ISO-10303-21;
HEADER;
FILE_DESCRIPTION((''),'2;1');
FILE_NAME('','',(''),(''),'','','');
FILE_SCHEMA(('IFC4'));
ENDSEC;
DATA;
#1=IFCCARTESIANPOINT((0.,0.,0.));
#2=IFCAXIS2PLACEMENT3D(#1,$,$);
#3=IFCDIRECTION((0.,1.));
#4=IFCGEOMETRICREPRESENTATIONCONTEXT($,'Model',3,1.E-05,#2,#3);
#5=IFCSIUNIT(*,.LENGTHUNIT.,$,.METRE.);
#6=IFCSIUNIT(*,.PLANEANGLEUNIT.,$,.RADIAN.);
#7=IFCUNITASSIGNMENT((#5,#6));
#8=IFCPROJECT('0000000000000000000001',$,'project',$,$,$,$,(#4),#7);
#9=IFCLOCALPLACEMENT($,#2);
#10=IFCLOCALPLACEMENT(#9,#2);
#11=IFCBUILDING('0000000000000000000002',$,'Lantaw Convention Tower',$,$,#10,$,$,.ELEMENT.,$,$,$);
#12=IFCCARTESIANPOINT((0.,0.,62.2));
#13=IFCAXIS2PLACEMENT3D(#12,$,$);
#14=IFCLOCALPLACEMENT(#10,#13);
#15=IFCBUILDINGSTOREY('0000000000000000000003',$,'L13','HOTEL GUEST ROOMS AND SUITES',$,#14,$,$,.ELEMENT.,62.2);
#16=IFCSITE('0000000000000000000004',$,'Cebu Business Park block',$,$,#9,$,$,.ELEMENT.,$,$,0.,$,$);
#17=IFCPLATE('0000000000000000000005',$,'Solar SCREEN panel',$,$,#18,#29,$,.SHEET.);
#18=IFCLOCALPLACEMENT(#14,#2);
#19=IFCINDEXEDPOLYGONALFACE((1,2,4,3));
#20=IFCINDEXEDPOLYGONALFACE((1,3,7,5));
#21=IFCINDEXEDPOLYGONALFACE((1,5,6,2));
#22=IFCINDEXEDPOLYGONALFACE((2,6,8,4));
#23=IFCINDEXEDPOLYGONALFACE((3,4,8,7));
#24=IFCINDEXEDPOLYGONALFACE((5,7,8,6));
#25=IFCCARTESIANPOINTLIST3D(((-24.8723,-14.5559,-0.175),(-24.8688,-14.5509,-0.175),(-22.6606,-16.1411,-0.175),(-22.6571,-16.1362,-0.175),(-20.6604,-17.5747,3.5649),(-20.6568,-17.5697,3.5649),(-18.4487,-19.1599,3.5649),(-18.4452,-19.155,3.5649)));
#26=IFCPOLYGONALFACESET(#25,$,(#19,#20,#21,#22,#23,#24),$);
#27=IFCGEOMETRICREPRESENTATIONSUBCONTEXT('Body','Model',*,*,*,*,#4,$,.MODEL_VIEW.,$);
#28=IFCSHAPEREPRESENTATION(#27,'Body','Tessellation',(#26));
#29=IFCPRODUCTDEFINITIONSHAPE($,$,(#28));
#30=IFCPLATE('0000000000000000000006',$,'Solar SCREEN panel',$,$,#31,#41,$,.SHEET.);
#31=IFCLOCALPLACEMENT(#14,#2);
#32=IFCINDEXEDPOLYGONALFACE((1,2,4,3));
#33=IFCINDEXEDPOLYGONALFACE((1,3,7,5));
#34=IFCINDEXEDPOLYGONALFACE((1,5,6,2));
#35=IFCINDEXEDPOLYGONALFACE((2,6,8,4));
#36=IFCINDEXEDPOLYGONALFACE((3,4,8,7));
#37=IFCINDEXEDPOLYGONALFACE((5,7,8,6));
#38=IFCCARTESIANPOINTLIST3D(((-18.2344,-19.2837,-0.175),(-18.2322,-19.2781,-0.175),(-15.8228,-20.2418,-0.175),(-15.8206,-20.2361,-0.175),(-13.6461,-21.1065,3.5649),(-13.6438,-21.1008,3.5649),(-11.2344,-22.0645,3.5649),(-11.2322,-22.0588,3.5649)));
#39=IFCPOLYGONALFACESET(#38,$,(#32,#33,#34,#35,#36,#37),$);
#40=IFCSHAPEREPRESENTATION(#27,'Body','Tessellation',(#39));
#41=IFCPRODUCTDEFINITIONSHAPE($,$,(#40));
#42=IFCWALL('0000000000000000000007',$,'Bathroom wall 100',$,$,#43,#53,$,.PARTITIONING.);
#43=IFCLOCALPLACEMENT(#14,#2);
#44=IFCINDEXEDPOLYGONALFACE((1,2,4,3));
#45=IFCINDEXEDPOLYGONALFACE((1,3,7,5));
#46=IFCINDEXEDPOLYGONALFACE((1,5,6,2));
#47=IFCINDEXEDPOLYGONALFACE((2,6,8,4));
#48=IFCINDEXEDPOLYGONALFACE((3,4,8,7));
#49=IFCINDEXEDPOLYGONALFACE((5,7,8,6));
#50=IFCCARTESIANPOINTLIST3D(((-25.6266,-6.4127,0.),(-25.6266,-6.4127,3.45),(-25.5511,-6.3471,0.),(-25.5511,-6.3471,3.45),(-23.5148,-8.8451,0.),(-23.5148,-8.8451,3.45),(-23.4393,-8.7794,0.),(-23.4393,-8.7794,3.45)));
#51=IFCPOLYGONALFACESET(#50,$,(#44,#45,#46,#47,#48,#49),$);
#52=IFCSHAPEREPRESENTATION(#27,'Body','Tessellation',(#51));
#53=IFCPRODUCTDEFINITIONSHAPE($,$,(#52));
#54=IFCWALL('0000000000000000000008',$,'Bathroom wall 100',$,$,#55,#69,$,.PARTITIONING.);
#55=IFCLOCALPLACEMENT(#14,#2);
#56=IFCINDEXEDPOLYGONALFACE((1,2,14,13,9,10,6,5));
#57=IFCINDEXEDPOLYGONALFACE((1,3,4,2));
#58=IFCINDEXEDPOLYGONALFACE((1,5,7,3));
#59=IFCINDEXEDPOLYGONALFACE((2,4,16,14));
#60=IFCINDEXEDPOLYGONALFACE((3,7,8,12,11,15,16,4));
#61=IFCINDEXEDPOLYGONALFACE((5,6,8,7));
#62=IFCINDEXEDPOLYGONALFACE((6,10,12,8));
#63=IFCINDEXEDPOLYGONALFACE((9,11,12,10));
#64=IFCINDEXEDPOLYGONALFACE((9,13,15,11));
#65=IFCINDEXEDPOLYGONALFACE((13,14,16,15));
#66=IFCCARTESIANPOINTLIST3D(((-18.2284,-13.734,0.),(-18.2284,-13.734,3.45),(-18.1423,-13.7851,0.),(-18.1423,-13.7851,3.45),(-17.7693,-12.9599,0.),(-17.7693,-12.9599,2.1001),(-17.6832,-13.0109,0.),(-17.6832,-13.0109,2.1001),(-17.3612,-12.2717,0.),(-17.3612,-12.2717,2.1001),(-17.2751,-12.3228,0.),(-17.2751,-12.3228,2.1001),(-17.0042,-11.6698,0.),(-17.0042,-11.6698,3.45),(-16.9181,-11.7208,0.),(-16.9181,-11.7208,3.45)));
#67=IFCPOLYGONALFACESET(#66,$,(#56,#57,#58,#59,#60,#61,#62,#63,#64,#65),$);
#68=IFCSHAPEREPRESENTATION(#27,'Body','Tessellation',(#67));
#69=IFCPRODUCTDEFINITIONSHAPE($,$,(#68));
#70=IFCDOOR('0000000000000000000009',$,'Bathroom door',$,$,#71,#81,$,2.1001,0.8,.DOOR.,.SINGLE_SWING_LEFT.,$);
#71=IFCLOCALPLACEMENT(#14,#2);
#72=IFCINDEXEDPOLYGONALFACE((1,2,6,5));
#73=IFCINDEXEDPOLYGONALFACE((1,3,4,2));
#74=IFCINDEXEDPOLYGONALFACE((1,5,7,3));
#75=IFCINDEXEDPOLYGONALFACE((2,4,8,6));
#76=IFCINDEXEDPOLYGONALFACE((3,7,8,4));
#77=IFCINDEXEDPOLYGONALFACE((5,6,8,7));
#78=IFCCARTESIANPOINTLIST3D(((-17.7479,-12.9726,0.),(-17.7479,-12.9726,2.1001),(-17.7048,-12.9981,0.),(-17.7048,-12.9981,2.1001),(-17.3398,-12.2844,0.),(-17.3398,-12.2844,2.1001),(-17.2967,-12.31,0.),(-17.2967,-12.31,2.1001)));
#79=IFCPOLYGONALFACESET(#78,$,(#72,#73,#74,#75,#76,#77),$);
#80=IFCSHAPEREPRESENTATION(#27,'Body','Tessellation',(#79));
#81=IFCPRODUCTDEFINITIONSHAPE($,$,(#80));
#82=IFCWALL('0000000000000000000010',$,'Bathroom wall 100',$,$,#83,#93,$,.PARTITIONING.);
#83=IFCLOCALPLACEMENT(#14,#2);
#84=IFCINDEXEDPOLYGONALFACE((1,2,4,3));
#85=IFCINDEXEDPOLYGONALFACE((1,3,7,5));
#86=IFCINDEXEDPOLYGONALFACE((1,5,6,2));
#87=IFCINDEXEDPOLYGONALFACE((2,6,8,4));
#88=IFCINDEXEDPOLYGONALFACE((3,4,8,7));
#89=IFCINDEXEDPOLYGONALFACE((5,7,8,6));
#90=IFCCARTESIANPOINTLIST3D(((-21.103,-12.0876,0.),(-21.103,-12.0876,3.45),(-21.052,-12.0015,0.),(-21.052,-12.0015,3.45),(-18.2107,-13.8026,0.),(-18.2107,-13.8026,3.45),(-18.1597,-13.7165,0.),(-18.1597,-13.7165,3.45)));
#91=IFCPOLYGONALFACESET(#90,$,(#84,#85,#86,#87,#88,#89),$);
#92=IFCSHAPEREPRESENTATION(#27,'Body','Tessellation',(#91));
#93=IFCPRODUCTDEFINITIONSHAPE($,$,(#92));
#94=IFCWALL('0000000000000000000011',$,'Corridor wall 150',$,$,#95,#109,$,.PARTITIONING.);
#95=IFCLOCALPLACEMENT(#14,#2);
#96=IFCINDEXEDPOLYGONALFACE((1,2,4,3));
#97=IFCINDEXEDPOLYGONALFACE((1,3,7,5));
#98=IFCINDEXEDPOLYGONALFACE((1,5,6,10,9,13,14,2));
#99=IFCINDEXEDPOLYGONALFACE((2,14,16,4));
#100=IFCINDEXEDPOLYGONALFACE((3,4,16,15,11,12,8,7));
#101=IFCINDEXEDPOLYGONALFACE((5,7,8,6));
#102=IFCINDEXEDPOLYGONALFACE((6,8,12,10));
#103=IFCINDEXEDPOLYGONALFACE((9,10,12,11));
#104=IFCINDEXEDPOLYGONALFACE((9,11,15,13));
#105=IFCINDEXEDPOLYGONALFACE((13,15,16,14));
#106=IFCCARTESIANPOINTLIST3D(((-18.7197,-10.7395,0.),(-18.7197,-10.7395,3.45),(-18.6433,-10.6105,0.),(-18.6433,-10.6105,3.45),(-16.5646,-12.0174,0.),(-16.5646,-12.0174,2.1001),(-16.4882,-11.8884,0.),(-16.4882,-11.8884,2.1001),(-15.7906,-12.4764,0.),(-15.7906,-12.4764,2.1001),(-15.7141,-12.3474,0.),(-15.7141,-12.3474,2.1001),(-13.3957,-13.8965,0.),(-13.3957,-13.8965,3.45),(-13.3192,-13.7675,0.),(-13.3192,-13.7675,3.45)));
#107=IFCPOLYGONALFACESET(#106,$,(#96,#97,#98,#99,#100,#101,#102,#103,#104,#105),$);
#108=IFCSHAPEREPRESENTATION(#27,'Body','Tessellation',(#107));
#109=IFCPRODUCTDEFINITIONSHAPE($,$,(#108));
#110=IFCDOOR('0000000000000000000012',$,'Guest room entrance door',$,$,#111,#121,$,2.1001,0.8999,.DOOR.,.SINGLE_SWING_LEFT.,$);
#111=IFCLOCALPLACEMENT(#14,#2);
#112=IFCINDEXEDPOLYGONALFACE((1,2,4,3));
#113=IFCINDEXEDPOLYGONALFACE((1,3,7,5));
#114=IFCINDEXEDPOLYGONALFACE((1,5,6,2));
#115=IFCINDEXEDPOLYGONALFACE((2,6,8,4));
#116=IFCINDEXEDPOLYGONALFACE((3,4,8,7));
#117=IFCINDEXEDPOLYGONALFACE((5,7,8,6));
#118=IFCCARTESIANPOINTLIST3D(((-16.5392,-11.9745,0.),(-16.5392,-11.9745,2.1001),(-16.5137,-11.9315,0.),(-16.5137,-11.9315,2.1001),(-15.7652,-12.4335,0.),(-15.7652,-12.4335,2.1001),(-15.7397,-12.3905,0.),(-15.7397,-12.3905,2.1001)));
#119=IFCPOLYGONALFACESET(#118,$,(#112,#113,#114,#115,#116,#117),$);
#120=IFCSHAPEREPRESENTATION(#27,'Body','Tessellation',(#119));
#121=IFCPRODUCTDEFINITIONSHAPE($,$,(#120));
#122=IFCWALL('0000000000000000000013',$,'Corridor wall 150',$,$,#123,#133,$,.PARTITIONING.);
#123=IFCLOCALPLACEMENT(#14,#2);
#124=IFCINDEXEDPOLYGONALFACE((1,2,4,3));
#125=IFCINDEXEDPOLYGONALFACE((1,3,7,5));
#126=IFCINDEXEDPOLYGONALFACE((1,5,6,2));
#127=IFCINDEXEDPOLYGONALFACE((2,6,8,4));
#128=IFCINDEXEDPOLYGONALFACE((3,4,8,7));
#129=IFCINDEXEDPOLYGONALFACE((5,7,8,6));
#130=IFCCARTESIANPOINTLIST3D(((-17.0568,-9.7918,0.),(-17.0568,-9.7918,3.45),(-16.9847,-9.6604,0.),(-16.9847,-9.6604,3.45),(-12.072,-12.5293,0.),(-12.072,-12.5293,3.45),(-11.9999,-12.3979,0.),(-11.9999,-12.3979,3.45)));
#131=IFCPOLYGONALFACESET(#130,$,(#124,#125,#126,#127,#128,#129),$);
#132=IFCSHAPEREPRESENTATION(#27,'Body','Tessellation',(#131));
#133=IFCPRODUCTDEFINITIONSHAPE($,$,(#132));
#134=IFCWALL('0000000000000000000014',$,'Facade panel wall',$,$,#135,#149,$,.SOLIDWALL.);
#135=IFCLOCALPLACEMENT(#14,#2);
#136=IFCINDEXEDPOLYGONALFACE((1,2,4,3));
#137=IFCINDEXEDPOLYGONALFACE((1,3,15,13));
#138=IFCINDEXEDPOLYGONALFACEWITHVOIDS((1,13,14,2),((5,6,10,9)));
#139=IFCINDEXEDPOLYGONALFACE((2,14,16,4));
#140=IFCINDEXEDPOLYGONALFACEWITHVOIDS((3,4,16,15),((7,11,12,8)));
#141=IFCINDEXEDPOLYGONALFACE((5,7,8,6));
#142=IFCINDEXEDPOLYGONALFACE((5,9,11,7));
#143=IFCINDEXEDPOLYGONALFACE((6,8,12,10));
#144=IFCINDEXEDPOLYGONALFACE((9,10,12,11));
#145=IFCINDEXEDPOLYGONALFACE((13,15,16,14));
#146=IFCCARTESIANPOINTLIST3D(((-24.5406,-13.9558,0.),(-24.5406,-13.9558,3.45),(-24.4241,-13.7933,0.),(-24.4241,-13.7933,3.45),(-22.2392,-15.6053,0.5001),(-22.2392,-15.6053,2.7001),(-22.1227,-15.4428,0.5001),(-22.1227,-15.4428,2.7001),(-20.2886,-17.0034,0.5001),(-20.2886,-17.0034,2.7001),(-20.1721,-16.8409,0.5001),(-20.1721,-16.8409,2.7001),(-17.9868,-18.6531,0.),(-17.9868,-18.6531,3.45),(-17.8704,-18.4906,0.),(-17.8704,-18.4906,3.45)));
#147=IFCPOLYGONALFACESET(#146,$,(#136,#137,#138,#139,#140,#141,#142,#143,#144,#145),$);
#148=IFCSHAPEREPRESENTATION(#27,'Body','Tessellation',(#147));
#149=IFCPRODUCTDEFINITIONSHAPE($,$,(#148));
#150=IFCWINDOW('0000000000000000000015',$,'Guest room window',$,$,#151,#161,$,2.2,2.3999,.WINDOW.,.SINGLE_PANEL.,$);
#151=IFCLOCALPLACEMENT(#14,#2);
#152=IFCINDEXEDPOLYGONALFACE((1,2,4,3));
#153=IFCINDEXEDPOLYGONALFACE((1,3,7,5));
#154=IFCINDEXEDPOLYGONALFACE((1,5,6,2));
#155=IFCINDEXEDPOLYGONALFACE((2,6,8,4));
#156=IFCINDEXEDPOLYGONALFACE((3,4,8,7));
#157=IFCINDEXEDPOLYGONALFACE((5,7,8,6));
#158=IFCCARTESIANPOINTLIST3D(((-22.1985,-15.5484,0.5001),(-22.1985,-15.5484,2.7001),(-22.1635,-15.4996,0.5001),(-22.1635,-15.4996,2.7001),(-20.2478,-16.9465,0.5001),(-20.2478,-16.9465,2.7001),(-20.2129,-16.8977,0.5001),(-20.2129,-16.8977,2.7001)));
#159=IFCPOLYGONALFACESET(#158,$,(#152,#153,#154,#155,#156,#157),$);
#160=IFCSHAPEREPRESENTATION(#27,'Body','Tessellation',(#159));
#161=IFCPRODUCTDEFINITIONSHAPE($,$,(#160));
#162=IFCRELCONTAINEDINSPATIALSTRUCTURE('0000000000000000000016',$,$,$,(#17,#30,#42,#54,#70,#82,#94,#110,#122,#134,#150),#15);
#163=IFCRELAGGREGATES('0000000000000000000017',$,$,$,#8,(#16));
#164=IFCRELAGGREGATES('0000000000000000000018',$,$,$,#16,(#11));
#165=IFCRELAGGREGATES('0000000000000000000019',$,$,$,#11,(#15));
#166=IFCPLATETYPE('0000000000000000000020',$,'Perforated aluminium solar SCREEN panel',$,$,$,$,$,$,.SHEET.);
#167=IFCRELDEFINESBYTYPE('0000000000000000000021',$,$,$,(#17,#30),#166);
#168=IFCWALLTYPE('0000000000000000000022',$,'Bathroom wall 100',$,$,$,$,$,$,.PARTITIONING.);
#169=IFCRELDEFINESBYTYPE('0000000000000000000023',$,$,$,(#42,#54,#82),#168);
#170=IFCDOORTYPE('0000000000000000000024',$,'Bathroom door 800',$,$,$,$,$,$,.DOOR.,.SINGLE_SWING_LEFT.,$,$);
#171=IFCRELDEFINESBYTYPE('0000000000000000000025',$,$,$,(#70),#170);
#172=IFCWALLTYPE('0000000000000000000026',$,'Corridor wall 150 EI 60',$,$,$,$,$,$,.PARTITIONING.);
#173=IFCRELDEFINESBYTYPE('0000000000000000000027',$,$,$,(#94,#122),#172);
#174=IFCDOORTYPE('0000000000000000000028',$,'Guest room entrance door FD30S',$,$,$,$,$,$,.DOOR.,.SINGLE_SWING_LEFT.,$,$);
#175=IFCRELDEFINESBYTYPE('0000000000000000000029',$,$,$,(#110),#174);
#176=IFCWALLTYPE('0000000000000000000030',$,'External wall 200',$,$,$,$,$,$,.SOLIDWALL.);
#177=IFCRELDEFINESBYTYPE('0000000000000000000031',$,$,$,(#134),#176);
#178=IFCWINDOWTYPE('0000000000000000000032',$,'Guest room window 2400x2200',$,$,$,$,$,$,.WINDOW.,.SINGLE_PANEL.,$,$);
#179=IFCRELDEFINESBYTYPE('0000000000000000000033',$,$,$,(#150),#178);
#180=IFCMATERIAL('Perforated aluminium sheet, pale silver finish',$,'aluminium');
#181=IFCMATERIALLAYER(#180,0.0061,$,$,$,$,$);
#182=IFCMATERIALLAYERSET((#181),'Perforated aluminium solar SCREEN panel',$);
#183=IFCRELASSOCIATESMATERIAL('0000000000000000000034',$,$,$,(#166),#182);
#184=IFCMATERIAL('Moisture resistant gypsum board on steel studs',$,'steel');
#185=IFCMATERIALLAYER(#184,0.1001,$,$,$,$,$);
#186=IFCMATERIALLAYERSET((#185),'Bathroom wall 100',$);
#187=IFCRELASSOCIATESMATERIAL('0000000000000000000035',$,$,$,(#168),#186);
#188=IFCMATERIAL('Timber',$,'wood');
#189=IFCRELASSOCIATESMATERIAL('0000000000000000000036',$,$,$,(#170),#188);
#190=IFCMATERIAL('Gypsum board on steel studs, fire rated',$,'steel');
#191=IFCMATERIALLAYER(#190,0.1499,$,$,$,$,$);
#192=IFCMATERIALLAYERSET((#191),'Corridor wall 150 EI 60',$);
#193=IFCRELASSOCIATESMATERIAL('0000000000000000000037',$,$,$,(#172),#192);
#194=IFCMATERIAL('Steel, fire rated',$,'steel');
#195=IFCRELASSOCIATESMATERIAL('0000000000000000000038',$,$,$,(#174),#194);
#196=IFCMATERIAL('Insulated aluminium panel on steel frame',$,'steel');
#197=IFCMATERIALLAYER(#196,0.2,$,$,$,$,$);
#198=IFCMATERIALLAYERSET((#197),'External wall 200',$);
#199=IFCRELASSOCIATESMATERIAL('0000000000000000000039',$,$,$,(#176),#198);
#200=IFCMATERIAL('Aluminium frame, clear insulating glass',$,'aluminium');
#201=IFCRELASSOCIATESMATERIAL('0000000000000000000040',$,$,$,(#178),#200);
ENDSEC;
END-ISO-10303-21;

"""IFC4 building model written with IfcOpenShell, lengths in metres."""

from ifc_helpers import new_model, si_unit, direction, frame, frame_2d, origin, place, context, subcontext, project, spatial, polyline, rectangle, outline, extrude, material, layer, layer_set, type_object, element, fill, save


model = new_model("IFC4")

# Units and contexts
model_context = context("Model", 3, precision=1e-05, world=origin(), true_north=direction((0.0, 1.0)))
body_context = subcontext(model_context, "Body", "Model", "MODEL_VIEW")
ifc_project = project(units=[si_unit("LENGTHUNIT", "METRE"), si_unit("PLANEANGLEUNIT", "RADIAN")], contexts=[model_context])

# Site, building, storey
site_placement = place(None, origin())
site = spatial("IfcSite", under=ifc_project, at=site_placement, Name="Cebu Business Park block", CompositionType="ELEMENT", RefElevation=0.0)
building_placement = place(site_placement, origin())
building = spatial("IfcBuilding", under=site, at=building_placement, Name="Lantaw Convention Tower", CompositionType="ELEMENT")
storey_placement = place(building_placement, frame((0.0, 0.0, 62.2)))
storey = spatial("IfcBuildingStorey", under=building, at=storey_placement, Name="L13", Description="HOTEL GUEST ROOMS AND SUITES", CompositionType="ELEMENT", Elevation=62.2)

# Plates
ifc_material_1 = material(Name="Perforated aluminium sheet, pale silver finish", Category="aluminium")
ifc_layer_1 = layer(ifc_material_1, 0.0061)
ifc_layer_set_1 = layer_set([ifc_layer_1], Name="Perforated aluminium solar SCREEN panel")
plate_type = type_object("IfcPlateType", Name="Perforated aluminium solar SCREEN panel", PredefinedType="SHEET", material=ifc_layer_set_1)
plate_1_placement = place(storey_placement, frame((-24.8723, -14.5559, -0.175), z_axis=(-0.582561, -0.812787, 0.000016), x_axis=(0.812787, -0.582561, 0.0)))
element("IfcPlate", 1, at=plate_1_placement, inside=storey, type_object=plate_type, Name="Solar SCREEN panel", PredefinedType="SHEET", context=body_context, shape_type="SweptSolid", body=[
    extrude(outline(polyline([(0.0, 0.0), (2.7211, 0.0), (7.9031, 3.74), (5.182, 3.74), (0.0, 0.0)])), origin(), (0.0, 0.0, -1.0), 0.0061),
])
plate_2_placement = place(storey_placement, frame((-18.2322, -19.2781, -0.175), z_axis=(0.369184, 0.929357, 0.000009), x_axis=(0.929357, -0.369184, 0.0)))
element("IfcPlate", 2, at=plate_2_placement, inside=storey, type_object=plate_type, Name="Solar SCREEN panel", PredefinedType="SHEET", context=body_context, shape_type="SweptSolid", body=[
    extrude(outline(polyline([(0.0, 0.0), (2.5949, 0.0), (7.5321, -3.74), (4.9372, -3.74), (0.0, 0.0)])), origin(), (0.0, 0.0, -1.0), 0.0061),
])

# Wall
ifc_material_2 = material(Name="Moisture resistant gypsum board on steel studs", Category="steel")
ifc_layer_2 = layer(ifc_material_2, 0.1001)
ifc_layer_set_2 = layer_set([ifc_layer_2], Name="Bathroom wall 100")
wall_type_1 = type_object("IfcWallType", Name="Bathroom wall 100", PredefinedType="PARTITIONING", material=ifc_layer_set_2)
wall_1_placement = place(storey_placement, frame((-23.4771, -8.8123, 0.0), z_axis=(0.0, 0.0, 1.0), x_axis=(-0.655597, 0.755111, 0.0)))
element("IfcWall", 3, at=wall_1_placement, inside=storey, type_object=wall_type_1, Name="Bathroom wall 100", PredefinedType="PARTITIONING", context=body_context, shape_type="SweptSolid", body=[
    extrude(rectangle(XDim=3.2212, YDim=0.1001, at=frame_2d((1.6106, 0.0))), origin(), (0.0, 0.0, 1.0), 3.45),
])

# Wall, opening, door
wall_2_placement = place(storey_placement, frame((-16.9612, -11.6953, 0.0), z_axis=(0.0, 0.0, 1.0), x_axis=(-0.510076, -0.86013, 0.0)))
wall_2 = element("IfcWall", 4, at=wall_2_placement, inside=storey, type_object=wall_type_1, Name="Bathroom wall 100", PredefinedType="PARTITIONING", context=body_context, shape_type="SweptSolid", body=[
    extrude(rectangle(XDim=2.3999, YDim=0.1001, at=frame_2d((1.2, 0.0))), origin(), (0.0, 0.0, 1.0), 3.45),
])
opening_1_placement = place(wall_2_placement, frame((0.7, 0.0, 0.0)))
opening_1 = element("IfcOpeningElement", 5, at=opening_1_placement, cuts=wall_2, PredefinedType="OPENING", context=body_context, shape_type="SweptSolid", body=[
    extrude(rectangle(XDim=0.8, YDim=2.1001, at=frame_2d((0.3999, 1.05))), frame((0.0, 0.0601, 0.0), z_axis=(0.0, -1.0, 0.0), x_axis=(1.0, 0.0, 0.0)), (0.0, 0.0, 1.0), 0.1201),
])
ifc_material_3 = material(Name="Timber", Category="wood")
door_type_1 = type_object("IfcDoorType", Name="Bathroom door 800", OperationType="SINGLE_SWING_LEFT", PredefinedType="DOOR", material=ifc_material_3)
door_1_placement = place(opening_1_placement, origin())
door_1 = element("IfcDoor", 6, at=door_1_placement, inside=storey, type_object=door_type_1, Name="Bathroom door", OperationType="SINGLE_SWING_LEFT", OverallHeight=2.1001, OverallWidth=0.8, PredefinedType="DOOR", context=body_context, shape_type="SweptSolid", body=[
    extrude(rectangle(XDim=0.8, YDim=2.1001, at=frame_2d((0.3999, 1.05))), frame((0.0, 0.0249, 0.0), z_axis=(0.0, -1.0, 0.0), x_axis=(1.0, 0.0, 0.0)), (0.0, 0.0, 1.0), 0.05),
])
fill(opening_1, door_1)

# Wall
wall_3_placement = place(storey_placement, frame((-18.1853, -13.7595, 0.0), z_axis=(0.0, 0.0, 1.0), x_axis=(-0.860146, 0.510047, 0.0)))
element("IfcWall", 7, at=wall_3_placement, inside=storey, type_object=wall_type_1, Name="Bathroom wall 100", PredefinedType="PARTITIONING", context=body_context, shape_type="SweptSolid", body=[
    extrude(rectangle(XDim=3.3625, YDim=0.1001, at=frame_2d((1.6812, 0.0))), origin(), (0.0, 0.0, 1.0), 3.45),
])

# Wall, opening, door
ifc_material_4 = material(Name="Gypsum board on steel studs, fire rated", Category="steel")
ifc_layer_3 = layer(ifc_material_4, 0.1499)
ifc_layer_set_3 = layer_set([ifc_layer_3], Name="Corridor wall 150 EI 60")
wall_type_2 = type_object("IfcWallType", Name="Corridor wall 150 EI 60", PredefinedType="PARTITIONING", material=ifc_layer_set_3)
wall_4_placement = place(storey_placement, frame((-18.6814, -10.675, 0.0), z_axis=(0.0, 0.0, 1.0), x_axis=(0.860147, -0.510046, 0.0)))
wall_4 = element("IfcWall", 8, at=wall_4_placement, inside=storey, type_object=wall_type_2, Name="Corridor wall 150", PredefinedType="PARTITIONING", context=body_context, shape_type="SweptSolid", body=[
    extrude(rectangle(XDim=6.1897, YDim=0.1499, at=frame_2d((3.0947, 0.0))), origin(), (0.0, 0.0, 1.0), 3.45),
])
opening_2_placement = place(wall_4_placement, frame((2.5054, 0.0, 0.0)))
opening_2 = element("IfcOpeningElement", 9, at=opening_2_placement, cuts=wall_4, PredefinedType="OPENING", context=body_context, shape_type="SweptSolid", body=[
    extrude(rectangle(XDim=0.8999, YDim=2.1001, at=frame_2d((0.45, 1.05))), frame((0.0, 0.085, 0.0), z_axis=(0.0, -1.0, 0.0), x_axis=(1.0, 0.0, 0.0)), (0.0, 0.0, 1.0), 0.1699),
])
ifc_material_5 = material(Name="Steel, fire rated", Category="steel")
door_type_2 = type_object("IfcDoorType", Name="Guest room entrance door FD30S", OperationType="SINGLE_SWING_LEFT", PredefinedType="DOOR", material=ifc_material_5)
door_2_placement = place(opening_2_placement, origin())
door_2 = element("IfcDoor", 10, at=door_2_placement, inside=storey, type_object=door_type_2, Name="Guest room entrance door", OperationType="SINGLE_SWING_LEFT", OverallHeight=2.1001, OverallWidth=0.8999, PredefinedType="DOOR", context=body_context, shape_type="SweptSolid", body=[
    extrude(rectangle(XDim=0.8999, YDim=2.1001, at=frame_2d((0.45, 1.05))), frame((0.0, 0.0249, 0.0), z_axis=(0.0, -1.0, 0.0), x_axis=(1.0, 0.0, 0.0)), (0.0, 0.0, 1.0), 0.05),
])
fill(opening_2, door_2)

# Wall
wall_5_placement = place(storey_placement, frame((-17.0208, -9.7261, 0.0), z_axis=(0.0, 0.0, 1.0), x_axis=(0.876522, -0.481362, 0.0)))
element("IfcWall", 11, at=wall_5_placement, inside=storey, type_object=wall_type_2, Name="Corridor wall 150", PredefinedType="PARTITIONING", context=body_context, shape_type="SweptSolid", body=[
    extrude(rectangle(XDim=5.687, YDim=0.1499, at=frame_2d((2.8435, 0.0))), origin(), (0.0, 0.0, 1.0), 3.45),
])

# Wall, opening, window
ifc_material_6 = material(Name="Insulated aluminium panel on steel frame", Category="steel")
ifc_layer_4 = layer(ifc_material_6, 0.2)
ifc_layer_set_4 = layer_set([ifc_layer_4], Name="External wall 200")
wall_type_3 = type_object("IfcWallType", Name="External wall 200", PredefinedType="SOLIDWALL", material=ifc_layer_set_4)
wall_6_placement = place(storey_placement, frame((-24.4824, -13.8745, 0.0), z_axis=(0.0, 0.0, 1.0), x_axis=(0.812791, -0.582555, 0.0)))
wall_6 = element("IfcWall", 12, at=wall_6_placement, inside=storey, type_object=wall_type_3, Name="Facade panel wall", PredefinedType="SOLIDWALL", context=body_context, shape_type="SweptSolid", body=[
    extrude(rectangle(XDim=8.0632, YDim=0.2, at=frame_2d((4.0317, 0.0))), origin(), (0.0, 0.0, 1.0), 3.45),
])
opening_3_placement = place(wall_6_placement, frame((2.8315, 0.0, 0.5)))
opening_3 = element("IfcOpeningElement", 13, at=opening_3_placement, cuts=wall_6, PredefinedType="OPENING", context=body_context, shape_type="SweptSolid", body=[
    extrude(rectangle(XDim=2.3999, YDim=2.2, at=frame_2d((1.2, 1.1001))), frame((0.0, 0.1099, 0.0), z_axis=(0.0, -1.0, 0.0), x_axis=(1.0, 0.0, 0.0)), (0.0, 0.0, 1.0), 0.22),
])
ifc_material_7 = material(Name="Aluminium frame, clear insulating glass", Category="aluminium")
window_type = type_object("IfcWindowType", Name="Guest room window 2400x2200", PartitioningType="SINGLE_PANEL", PredefinedType="WINDOW", material=ifc_material_7)
window_1_placement = place(opening_3_placement, origin())
window_1 = element("IfcWindow", 14, at=window_1_placement, inside=storey, type_object=window_type, Name="Guest room window", OverallHeight=2.2, OverallWidth=2.3999, PartitioningType="SINGLE_PANEL", PredefinedType="WINDOW", context=body_context, shape_type="SweptSolid", body=[
    extrude(rectangle(XDim=2.3999, YDim=2.2, at=frame_2d((1.2, 1.1001))), frame((0.0, 0.03, 0.0), z_axis=(0.0, -1.0, 0.0), x_axis=(1.0, 0.0, 0.0)), (0.0, 0.0, 1.0), 0.0601),
])
fill(opening_3, window_1)

save(model, "model.ifc")
